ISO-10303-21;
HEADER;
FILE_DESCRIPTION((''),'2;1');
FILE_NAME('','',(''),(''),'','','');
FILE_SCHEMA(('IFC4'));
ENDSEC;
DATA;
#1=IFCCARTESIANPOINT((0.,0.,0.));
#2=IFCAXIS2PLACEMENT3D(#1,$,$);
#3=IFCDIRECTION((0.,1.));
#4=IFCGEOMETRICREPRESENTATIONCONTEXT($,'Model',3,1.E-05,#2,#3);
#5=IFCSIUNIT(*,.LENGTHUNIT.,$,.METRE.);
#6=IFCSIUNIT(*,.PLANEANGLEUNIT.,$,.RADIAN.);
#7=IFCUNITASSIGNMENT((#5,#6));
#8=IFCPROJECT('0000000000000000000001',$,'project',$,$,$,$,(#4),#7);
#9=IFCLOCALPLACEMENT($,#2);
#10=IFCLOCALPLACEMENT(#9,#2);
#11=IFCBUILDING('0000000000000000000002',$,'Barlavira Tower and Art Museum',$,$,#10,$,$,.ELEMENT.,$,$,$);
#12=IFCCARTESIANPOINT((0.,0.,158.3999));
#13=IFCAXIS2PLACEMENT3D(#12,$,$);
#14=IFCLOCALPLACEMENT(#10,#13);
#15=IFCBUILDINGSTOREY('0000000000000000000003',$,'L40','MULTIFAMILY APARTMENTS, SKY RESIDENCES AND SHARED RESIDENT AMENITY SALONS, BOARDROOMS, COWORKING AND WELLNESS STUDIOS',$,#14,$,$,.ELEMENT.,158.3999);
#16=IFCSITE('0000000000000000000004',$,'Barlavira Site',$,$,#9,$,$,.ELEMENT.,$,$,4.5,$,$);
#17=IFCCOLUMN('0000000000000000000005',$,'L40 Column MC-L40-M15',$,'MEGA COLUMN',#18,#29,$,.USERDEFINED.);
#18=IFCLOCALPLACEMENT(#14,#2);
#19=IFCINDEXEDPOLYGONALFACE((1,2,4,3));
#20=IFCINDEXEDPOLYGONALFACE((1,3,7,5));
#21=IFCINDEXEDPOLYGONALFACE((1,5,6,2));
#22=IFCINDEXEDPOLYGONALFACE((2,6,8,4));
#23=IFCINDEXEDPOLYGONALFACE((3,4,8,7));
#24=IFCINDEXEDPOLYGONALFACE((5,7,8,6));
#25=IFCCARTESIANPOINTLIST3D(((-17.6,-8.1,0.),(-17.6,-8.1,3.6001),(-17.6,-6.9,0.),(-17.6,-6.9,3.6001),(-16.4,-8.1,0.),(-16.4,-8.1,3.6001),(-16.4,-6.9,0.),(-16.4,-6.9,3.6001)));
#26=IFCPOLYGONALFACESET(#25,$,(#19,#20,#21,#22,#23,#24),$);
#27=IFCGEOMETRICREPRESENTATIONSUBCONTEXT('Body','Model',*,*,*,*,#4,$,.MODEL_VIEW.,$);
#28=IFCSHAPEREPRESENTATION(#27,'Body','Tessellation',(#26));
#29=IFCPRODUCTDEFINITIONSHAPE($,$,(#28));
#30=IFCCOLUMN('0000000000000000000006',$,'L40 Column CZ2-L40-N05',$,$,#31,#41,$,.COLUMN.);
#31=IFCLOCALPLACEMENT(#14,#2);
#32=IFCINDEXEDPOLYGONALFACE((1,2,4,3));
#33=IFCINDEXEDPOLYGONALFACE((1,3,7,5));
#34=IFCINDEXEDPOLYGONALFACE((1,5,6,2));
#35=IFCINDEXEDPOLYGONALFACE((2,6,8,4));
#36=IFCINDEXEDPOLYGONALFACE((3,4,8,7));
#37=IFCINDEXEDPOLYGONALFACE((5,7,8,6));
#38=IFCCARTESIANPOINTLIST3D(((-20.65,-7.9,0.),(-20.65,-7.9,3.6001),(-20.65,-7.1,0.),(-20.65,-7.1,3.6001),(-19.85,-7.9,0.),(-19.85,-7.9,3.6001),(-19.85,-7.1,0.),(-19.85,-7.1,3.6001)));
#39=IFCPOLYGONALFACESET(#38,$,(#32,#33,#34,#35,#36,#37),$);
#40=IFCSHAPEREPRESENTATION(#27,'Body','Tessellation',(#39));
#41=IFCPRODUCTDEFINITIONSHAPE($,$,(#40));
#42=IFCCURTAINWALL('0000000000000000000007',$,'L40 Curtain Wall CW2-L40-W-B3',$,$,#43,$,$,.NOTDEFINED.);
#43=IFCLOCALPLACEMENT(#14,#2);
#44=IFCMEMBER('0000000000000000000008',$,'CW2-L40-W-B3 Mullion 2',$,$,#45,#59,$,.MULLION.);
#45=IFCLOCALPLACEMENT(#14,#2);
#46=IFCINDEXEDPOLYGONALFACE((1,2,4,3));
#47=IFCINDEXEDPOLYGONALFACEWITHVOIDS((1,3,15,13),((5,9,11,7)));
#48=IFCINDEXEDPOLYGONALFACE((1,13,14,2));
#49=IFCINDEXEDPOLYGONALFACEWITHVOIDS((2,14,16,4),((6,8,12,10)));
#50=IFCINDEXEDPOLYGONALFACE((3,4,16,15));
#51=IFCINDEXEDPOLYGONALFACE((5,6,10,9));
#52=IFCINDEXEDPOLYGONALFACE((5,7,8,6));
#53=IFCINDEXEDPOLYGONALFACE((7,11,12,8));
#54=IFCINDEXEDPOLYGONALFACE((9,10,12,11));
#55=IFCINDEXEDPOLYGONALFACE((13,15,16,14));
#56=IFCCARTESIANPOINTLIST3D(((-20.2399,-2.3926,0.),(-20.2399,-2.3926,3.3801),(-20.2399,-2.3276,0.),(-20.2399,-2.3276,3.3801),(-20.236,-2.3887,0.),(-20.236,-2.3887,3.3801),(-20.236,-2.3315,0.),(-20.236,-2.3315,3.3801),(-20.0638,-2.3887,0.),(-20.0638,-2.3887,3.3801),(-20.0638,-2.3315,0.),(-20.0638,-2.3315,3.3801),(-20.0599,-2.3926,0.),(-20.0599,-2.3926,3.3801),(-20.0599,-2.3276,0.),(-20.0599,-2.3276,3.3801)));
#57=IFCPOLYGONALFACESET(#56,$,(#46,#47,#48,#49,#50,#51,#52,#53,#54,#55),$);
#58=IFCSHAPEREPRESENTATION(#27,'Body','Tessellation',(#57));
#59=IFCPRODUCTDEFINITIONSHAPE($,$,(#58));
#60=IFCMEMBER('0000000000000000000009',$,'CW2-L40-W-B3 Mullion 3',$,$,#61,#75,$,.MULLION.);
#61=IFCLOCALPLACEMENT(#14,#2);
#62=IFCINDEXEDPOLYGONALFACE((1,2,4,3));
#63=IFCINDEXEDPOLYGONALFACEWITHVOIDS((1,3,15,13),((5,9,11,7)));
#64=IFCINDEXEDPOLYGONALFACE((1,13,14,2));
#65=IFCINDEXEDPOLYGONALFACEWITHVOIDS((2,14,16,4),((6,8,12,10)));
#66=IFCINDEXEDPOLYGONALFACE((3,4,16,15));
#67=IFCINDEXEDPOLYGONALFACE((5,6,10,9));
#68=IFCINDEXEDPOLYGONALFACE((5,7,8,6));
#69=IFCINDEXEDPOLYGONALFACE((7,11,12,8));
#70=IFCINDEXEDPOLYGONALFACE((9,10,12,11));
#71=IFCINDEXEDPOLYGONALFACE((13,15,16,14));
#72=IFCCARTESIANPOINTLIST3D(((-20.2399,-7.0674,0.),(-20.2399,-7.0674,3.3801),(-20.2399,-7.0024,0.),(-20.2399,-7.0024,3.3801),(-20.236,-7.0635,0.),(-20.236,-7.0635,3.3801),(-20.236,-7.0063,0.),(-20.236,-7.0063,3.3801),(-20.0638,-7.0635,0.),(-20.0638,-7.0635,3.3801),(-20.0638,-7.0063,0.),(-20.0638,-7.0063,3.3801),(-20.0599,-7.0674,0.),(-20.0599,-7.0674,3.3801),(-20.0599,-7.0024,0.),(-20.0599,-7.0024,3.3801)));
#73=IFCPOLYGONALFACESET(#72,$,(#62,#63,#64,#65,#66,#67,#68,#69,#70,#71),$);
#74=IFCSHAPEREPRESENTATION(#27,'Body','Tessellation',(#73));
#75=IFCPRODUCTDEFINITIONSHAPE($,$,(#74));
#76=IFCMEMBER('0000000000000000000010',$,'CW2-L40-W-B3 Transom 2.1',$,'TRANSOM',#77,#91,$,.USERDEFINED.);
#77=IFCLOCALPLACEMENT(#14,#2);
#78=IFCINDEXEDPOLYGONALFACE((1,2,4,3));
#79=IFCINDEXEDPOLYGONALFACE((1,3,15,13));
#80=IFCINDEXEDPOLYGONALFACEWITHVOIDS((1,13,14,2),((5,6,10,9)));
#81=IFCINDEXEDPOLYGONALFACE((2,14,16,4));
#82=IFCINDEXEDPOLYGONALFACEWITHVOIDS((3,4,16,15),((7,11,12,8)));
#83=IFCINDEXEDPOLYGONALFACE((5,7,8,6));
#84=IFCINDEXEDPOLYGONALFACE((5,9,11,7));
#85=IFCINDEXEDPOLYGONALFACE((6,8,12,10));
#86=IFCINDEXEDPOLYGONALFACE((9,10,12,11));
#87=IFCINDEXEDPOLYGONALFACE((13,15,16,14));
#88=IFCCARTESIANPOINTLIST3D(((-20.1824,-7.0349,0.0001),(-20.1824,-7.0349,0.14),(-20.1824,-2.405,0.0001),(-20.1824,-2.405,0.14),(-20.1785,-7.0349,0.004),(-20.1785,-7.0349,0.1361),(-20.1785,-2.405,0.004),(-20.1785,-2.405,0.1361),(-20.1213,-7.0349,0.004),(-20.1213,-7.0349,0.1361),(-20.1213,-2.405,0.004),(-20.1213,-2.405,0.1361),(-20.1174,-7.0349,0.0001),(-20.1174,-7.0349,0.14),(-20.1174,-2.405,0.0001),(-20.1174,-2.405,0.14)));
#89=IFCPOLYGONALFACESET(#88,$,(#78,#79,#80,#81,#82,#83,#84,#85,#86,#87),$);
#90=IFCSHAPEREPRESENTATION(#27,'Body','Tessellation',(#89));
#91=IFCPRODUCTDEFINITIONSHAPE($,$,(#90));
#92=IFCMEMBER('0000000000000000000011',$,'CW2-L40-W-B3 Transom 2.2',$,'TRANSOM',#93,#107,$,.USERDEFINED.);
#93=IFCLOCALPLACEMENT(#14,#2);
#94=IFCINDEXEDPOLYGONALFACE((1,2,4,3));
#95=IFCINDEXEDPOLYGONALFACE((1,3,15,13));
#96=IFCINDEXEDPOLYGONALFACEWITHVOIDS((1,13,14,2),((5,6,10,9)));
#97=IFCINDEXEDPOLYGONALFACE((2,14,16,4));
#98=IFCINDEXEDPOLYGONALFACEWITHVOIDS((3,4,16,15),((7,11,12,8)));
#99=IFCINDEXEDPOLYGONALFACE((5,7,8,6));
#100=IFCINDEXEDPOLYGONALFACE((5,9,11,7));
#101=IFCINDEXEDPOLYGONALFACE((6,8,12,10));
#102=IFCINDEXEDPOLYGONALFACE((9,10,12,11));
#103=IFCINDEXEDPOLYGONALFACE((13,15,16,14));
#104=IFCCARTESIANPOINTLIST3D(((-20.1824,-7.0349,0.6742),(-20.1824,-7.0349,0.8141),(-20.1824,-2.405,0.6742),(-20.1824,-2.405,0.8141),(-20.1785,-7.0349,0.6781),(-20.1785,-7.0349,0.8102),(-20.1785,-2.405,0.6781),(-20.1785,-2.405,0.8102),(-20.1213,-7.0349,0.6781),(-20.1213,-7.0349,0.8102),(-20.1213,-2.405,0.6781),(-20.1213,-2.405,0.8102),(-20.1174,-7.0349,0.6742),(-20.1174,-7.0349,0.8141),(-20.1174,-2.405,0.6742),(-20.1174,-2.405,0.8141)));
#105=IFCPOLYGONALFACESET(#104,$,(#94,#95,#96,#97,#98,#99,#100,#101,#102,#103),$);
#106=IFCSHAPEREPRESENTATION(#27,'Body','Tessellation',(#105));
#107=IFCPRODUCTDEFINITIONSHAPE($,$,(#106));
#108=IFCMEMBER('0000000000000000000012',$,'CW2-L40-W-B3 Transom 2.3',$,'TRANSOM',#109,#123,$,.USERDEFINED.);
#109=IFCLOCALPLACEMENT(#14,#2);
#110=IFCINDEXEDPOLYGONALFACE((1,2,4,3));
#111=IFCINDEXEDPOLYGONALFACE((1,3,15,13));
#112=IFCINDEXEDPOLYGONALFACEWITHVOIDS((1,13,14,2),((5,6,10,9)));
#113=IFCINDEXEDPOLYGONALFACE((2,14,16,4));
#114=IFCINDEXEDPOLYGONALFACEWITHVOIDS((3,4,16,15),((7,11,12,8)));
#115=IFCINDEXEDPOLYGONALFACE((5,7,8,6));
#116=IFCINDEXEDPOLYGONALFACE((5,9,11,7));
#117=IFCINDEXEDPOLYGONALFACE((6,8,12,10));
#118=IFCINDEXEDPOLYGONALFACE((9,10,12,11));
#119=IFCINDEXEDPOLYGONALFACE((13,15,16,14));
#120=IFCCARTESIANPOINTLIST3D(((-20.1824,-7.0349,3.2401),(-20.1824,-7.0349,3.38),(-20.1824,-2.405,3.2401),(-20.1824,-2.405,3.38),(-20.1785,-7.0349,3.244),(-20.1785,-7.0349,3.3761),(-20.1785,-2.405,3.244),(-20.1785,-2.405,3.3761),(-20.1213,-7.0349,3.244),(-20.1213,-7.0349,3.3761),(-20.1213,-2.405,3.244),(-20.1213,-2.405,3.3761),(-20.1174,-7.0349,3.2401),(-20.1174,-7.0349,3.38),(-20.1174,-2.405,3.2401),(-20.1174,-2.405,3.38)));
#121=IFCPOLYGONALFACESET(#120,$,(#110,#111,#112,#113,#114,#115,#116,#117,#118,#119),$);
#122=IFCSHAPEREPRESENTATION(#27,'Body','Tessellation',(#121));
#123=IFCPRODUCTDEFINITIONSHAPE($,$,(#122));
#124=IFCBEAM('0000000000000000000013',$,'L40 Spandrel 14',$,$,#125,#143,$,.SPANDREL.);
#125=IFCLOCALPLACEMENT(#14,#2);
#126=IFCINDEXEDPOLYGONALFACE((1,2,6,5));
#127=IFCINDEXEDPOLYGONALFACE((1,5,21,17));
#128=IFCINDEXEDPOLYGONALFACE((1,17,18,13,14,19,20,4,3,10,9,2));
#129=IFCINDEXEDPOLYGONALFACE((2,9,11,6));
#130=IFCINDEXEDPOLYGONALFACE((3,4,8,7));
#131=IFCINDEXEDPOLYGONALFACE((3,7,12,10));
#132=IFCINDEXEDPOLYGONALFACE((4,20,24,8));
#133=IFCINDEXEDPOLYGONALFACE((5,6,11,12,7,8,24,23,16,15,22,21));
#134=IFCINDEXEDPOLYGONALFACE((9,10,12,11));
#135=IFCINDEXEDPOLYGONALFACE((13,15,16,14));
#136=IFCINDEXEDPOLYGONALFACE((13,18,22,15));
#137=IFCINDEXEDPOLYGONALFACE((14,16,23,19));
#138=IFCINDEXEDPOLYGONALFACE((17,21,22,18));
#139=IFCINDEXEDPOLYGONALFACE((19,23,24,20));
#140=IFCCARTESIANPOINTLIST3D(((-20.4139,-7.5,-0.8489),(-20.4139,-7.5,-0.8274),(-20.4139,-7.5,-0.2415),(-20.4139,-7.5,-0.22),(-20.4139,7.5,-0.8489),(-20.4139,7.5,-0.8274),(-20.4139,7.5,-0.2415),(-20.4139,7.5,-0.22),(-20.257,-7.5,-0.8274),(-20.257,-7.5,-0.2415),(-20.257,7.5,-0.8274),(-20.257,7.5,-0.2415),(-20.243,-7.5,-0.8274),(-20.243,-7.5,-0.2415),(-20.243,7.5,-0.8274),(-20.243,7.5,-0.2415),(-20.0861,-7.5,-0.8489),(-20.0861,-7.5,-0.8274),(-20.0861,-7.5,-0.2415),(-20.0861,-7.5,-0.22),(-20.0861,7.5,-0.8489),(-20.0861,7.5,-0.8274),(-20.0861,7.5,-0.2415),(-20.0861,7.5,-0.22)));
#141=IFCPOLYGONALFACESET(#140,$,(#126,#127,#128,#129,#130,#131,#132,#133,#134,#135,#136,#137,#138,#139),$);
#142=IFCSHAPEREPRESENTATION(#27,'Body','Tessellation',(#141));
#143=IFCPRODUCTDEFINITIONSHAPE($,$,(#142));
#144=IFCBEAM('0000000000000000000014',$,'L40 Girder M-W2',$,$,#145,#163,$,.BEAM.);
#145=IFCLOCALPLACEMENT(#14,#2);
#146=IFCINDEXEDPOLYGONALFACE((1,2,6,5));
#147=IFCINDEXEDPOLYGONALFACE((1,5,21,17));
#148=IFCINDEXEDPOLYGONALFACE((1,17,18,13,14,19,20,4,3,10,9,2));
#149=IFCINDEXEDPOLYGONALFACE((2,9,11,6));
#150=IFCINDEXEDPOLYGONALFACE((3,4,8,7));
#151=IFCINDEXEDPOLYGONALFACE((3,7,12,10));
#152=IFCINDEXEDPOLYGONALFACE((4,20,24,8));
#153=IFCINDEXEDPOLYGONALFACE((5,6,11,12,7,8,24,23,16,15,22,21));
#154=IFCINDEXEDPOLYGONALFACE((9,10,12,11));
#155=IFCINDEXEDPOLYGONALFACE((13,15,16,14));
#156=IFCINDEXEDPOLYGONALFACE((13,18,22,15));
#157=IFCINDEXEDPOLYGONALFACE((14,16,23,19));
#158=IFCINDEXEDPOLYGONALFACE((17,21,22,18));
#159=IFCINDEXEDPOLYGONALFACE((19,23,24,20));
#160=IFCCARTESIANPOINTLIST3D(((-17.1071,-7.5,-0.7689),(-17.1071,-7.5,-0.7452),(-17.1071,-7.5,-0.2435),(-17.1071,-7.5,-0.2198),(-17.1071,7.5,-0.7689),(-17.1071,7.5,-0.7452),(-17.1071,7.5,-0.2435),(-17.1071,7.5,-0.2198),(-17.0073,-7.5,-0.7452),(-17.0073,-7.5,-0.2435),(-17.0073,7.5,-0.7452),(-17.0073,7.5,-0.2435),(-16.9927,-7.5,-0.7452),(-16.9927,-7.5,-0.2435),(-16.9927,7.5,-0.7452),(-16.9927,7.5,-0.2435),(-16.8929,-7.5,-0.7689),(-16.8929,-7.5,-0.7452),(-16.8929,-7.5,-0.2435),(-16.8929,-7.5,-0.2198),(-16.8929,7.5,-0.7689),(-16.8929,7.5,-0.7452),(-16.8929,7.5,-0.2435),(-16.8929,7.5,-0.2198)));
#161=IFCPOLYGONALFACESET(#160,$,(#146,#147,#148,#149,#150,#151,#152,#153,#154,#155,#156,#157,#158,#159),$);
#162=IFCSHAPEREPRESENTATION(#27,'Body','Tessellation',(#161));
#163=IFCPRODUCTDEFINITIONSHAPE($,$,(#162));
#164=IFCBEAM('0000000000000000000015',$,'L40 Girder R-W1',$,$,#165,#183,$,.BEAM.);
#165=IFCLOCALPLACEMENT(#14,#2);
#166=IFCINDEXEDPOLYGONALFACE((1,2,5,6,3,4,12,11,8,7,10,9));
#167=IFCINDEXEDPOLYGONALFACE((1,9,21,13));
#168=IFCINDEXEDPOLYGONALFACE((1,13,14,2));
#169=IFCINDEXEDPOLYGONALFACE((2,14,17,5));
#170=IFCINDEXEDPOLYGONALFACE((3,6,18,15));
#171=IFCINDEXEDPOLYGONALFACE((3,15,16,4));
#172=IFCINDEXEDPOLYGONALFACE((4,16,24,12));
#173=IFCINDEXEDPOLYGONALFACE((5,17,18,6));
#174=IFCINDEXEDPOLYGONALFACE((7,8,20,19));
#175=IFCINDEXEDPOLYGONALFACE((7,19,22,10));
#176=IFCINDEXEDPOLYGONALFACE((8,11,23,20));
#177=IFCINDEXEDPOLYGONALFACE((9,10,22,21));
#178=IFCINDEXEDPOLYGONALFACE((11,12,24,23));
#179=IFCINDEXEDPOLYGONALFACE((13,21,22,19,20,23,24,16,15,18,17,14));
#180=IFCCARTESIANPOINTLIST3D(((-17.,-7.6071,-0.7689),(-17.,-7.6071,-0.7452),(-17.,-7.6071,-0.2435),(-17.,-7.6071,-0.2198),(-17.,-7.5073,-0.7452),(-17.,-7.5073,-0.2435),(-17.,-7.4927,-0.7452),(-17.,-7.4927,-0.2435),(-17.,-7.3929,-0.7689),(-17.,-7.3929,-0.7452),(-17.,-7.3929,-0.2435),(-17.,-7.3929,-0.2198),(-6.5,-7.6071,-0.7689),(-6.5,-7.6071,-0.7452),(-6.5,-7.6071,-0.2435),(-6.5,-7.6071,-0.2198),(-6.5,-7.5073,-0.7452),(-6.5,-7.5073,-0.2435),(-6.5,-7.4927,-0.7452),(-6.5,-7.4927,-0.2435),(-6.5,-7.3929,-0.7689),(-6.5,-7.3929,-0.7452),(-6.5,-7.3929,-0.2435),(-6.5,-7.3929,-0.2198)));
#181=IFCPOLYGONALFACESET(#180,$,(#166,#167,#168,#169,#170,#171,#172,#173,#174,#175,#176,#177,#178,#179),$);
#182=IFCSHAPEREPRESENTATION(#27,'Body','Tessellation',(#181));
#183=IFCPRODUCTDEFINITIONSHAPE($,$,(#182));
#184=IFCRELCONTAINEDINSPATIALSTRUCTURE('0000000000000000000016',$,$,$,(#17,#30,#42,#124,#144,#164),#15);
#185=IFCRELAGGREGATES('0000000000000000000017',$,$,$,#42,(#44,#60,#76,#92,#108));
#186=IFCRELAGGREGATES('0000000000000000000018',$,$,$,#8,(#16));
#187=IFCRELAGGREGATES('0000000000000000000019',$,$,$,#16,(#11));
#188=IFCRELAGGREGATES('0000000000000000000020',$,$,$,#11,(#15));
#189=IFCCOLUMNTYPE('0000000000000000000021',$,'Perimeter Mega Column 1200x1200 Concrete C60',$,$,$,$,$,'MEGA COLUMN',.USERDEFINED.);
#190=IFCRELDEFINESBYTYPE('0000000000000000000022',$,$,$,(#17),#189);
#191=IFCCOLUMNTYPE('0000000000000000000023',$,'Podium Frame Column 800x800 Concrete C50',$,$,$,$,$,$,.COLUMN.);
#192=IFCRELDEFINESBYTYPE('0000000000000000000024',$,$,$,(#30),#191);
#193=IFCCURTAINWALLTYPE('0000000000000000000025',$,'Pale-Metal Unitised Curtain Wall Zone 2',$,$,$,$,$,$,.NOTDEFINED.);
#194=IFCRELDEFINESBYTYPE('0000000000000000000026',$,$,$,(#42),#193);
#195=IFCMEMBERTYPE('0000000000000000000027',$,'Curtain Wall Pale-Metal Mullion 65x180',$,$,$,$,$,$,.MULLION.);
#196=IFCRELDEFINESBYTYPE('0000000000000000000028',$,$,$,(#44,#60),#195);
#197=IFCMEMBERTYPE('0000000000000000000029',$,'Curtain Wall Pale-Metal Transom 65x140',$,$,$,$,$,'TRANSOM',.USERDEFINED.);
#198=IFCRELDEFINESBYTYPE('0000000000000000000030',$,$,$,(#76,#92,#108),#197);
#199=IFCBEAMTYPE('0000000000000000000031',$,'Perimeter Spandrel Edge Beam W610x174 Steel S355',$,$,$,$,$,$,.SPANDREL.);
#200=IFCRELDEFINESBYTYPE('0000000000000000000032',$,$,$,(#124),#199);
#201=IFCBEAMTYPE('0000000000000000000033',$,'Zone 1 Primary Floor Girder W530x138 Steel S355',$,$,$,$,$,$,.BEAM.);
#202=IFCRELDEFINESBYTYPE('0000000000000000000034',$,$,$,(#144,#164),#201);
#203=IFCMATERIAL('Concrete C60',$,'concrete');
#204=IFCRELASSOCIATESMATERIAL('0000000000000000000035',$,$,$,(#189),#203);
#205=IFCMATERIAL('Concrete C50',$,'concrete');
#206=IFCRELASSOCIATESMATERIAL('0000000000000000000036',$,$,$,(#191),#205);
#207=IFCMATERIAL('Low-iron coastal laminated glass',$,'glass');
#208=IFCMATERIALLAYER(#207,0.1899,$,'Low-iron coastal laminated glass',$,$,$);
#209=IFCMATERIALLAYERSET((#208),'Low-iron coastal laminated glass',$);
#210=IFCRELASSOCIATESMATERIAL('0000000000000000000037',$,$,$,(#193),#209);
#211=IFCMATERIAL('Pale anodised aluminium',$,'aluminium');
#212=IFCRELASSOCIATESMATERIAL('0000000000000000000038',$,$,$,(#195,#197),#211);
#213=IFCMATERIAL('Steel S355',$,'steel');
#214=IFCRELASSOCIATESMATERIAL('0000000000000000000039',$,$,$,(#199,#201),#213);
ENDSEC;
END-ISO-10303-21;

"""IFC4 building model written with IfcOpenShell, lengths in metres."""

from ifc_helpers import new_model, si_unit, direction, frame, origin, origin_2d, place, context, subcontext, project, spatial, rectangle, hollow_rectangle, i_section, extrude, material, layer, layer_set, material_profile, profile_set, type_object, element, aggregate, save


model = new_model("IFC4")

# Units and contexts
model_context = context("Model", 3, precision=1e-05, world=origin(), true_north=direction((0.0, 1.0)))
body_context = subcontext(model_context, "Body", "Model", "MODEL_VIEW")
ifc_project = project(units=[si_unit("LENGTHUNIT", "METRE"), si_unit("PLANEANGLEUNIT", "RADIAN")], contexts=[model_context])

# Site, building, storey
site_placement = place(None, origin())
site = spatial("IfcSite", under=ifc_project, at=site_placement, Name="Barlavira Site", CompositionType="ELEMENT", RefElevation=4.5)
building_placement = place(site_placement, origin())
building = spatial("IfcBuilding", under=site, at=building_placement, Name="Barlavira Tower and Art Museum", CompositionType="ELEMENT")
storey_placement = place(building_placement, frame((0.0, 0.0, 158.3999)))
storey = spatial("IfcBuildingStorey", under=building, at=storey_placement, Name="L40", Description="MULTIFAMILY APARTMENTS, SKY RESIDENCES AND SHARED RESIDENT AMENITY SALONS, BOARDROOMS, COWORKING AND WELLNESS STUDIOS", CompositionType="ELEMENT", Elevation=158.3999)

# Columns
ifc_material_1 = material(Name="Concrete C60", Category="concrete")
ifc_material_profile_1 = material_profile(ifc_material_1, rectangle(XDim=1.2, YDim=1.2, at=origin_2d()), Name="RC-COL 1200x1200")
ifc_profile_set_1 = profile_set([ifc_material_profile_1], Name="Concrete C60")
column_type_1 = type_object("IfcColumnType", Name="Perimeter Mega Column 1200x1200 Concrete C60", ElementType="MEGA COLUMN", PredefinedType="USERDEFINED", material=ifc_profile_set_1)
column_1_placement = place(storey_placement, frame((-17.0, -7.5, 0.0), z_axis=(0.0, 0.0, 1.0), x_axis=(1.0, 0.0, 0.0)))
element("IfcColumn", 1, at=column_1_placement, inside=storey, type_object=column_type_1, Name="L40 Column MC-L40-M15", ObjectType="MEGA COLUMN", PredefinedType="USERDEFINED", context=body_context, shape_type="SweptSolid", body=[
    extrude(rectangle(XDim=1.2, YDim=1.2, at=origin_2d()), origin(), (0.0, 0.0, 1.0), 3.6001),
])
ifc_material_2 = material(Name="Concrete C50", Category="concrete")
ifc_material_profile_2 = material_profile(ifc_material_2, rectangle(XDim=0.8, YDim=0.8, at=origin_2d()), Name="RC-COL 800x800")
ifc_profile_set_2 = profile_set([ifc_material_profile_2], Name="Concrete C50")
column_type_2 = type_object("IfcColumnType", Name="Podium Frame Column 800x800 Concrete C50", PredefinedType="COLUMN", material=ifc_profile_set_2)
column_2_placement = place(storey_placement, frame((-20.25, -7.5, 0.0), z_axis=(0.0, 0.0, 1.0), x_axis=(1.0, 0.0, 0.0)))
element("IfcColumn", 2, at=column_2_placement, inside=storey, type_object=column_type_2, Name="L40 Column CZ2-L40-N05", PredefinedType="COLUMN", context=body_context, shape_type="SweptSolid", body=[
    extrude(rectangle(XDim=0.8, YDim=0.8, at=origin_2d()), origin(), (0.0, 0.0, 1.0), 3.6001),
])

# Curtain wall, members
ifc_material_3 = material(Name="Low-iron coastal laminated glass", Category="glass")
ifc_layer_1 = layer(ifc_material_3, 0.1899, Name="Low-iron coastal laminated glass")
ifc_layer_set_1 = layer_set([ifc_layer_1], Name="Low-iron coastal laminated glass")
curtain_wall_type = type_object("IfcCurtainWallType", Name="Pale-Metal Unitised Curtain Wall Zone 2", PredefinedType="NOTDEFINED", material=ifc_layer_set_1)
curtain_wall_placement = place(storey_placement, origin())
curtain_wall = element("IfcCurtainWall", 3, at=curtain_wall_placement, inside=storey, type_object=curtain_wall_type, Name="L40 Curtain Wall CW2-L40-W-B3", PredefinedType="NOTDEFINED")
ifc_material_4 = material(Name="Pale anodised aluminium", Category="aluminium")
ifc_material_profile_3 = material_profile(ifc_material_4, hollow_rectangle(XDim=0.0649, YDim=0.1799, WallThickness=0.0039, at=origin_2d()), Name="ALU-MULL 65x180x4")
ifc_profile_set_3 = profile_set([ifc_material_profile_3], Name="Pale anodised aluminium")
member_type_1 = type_object("IfcMemberType", Name="Curtain Wall Pale-Metal Mullion 65x180", PredefinedType="MULLION", material=ifc_profile_set_3)
member_1_placement = place(storey_placement, frame((-20.1499, -2.3601, 0.0), z_axis=(0.0, 0.0, 1.0), x_axis=(0.0, -1.0, 0.0)))
member_1 = element("IfcMember", 4, at=member_1_placement, type_object=member_type_1, Name="CW2-L40-W-B3 Mullion 2", PredefinedType="MULLION", context=body_context, shape_type="SweptSolid", body=[
    extrude(hollow_rectangle(XDim=0.0649, YDim=0.1799, WallThickness=0.0039, at=origin_2d()), origin(), (0.0, 0.0, 1.0), 3.3801),
])
member_2_placement = place(storey_placement, frame((-20.1499, -7.0349, 0.0), z_axis=(0.0, 0.0, 1.0), x_axis=(0.0, -1.0, 0.0)))
member_2 = element("IfcMember", 5, at=member_2_placement, type_object=member_type_1, Name="CW2-L40-W-B3 Mullion 3", PredefinedType="MULLION", context=body_context, shape_type="SweptSolid", body=[
    extrude(hollow_rectangle(XDim=0.0649, YDim=0.1799, WallThickness=0.0039, at=origin_2d()), origin(), (0.0, 0.0, 1.0), 3.3801),
])
ifc_material_profile_4 = material_profile(ifc_material_4, hollow_rectangle(XDim=0.0649, YDim=0.1399, WallThickness=0.0039, at=origin_2d()), Name="ALU-TRAN 65x140x4")
ifc_profile_set_4 = profile_set([ifc_material_profile_4], Name="Pale anodised aluminium")
member_type_2 = type_object("IfcMemberType", Name="Curtain Wall Pale-Metal Transom 65x140", ElementType="TRANSOM", PredefinedType="USERDEFINED", material=ifc_profile_set_4)
member_3_placement = place(storey_placement, frame((-20.1499, -2.405, 0.0701), z_axis=(0.0, -1.0, 0.0), x_axis=(1.0, 0.0, 0.0)))
member_3 = element("IfcMember", 6, at=member_3_placement, type_object=member_type_2, Name="CW2-L40-W-B3 Transom 2.1", ObjectType="TRANSOM", PredefinedType="USERDEFINED", context=body_context, shape_type="SweptSolid", body=[
    extrude(hollow_rectangle(XDim=0.0649, YDim=0.1399, WallThickness=0.0039, at=origin_2d()), origin(), (0.0, 0.0, 1.0), 4.6299),
])
member_4_placement = place(storey_placement, frame((-20.1499, -2.405, 0.7441), z_axis=(0.0, -1.0, 0.0), x_axis=(1.0, 0.0, 0.0)))
member_4 = element("IfcMember", 7, at=member_4_placement, type_object=member_type_2, Name="CW2-L40-W-B3 Transom 2.2", ObjectType="TRANSOM", PredefinedType="USERDEFINED", context=body_context, shape_type="SweptSolid", body=[
    extrude(hollow_rectangle(XDim=0.0649, YDim=0.1399, WallThickness=0.0039, at=origin_2d()), origin(), (0.0, 0.0, 1.0), 4.6299),
])
member_5_placement = place(storey_placement, frame((-20.1499, -2.405, 3.3101), z_axis=(0.0, -1.0, 0.0), x_axis=(1.0, 0.0, 0.0)))
member_5 = element("IfcMember", 8, at=member_5_placement, type_object=member_type_2, Name="CW2-L40-W-B3 Transom 2.3", ObjectType="TRANSOM", PredefinedType="USERDEFINED", context=body_context, shape_type="SweptSolid", body=[
    extrude(hollow_rectangle(XDim=0.0649, YDim=0.1399, WallThickness=0.0039, at=origin_2d()), origin(), (0.0, 0.0, 1.0), 4.6299),
])

# Beams
ifc_material_5 = material(Name="Steel S355", Category="steel")
ifc_material_profile_5 = material_profile(ifc_material_5, i_section(OverallWidth=0.3279, OverallDepth=0.6289, WebThickness=0.0139, FlangeThickness=0.0215, at=origin_2d()), Name="W610x174.0")
ifc_profile_set_5 = profile_set([ifc_material_profile_5], Name="Steel S355")
beam_type_1 = type_object("IfcBeamType", Name="Perimeter Spandrel Edge Beam W610x174 Steel S355", PredefinedType="SPANDREL", material=ifc_profile_set_5)
beam_1_placement = place(storey_placement, frame((-20.25, -7.5, -0.5344), z_axis=(0.0, 1.0, 0.0), x_axis=(-1.0, 0.0, 0.0)))
element("IfcBeam", 9, at=beam_1_placement, inside=storey, type_object=beam_type_1, Name="L40 Spandrel 14", PredefinedType="SPANDREL", context=body_context, shape_type="SweptSolid", body=[
    extrude(i_section(OverallWidth=0.3279, OverallDepth=0.6289, WebThickness=0.0139, FlangeThickness=0.0215, at=origin_2d()), origin(), (0.0, 0.0, 1.0), 15.0),
])
ifc_material_profile_6 = material_profile(ifc_material_5, i_section(OverallWidth=0.2141, OverallDepth=0.5491, WebThickness=0.0146, FlangeThickness=0.0237, at=origin_2d()), Name="W530x138.0")
ifc_profile_set_6 = profile_set([ifc_material_profile_6], Name="Steel S355")
beam_type_2 = type_object("IfcBeamType", Name="Zone 1 Primary Floor Girder W530x138 Steel S355", PredefinedType="BEAM", material=ifc_profile_set_6)
beam_2_placement = place(storey_placement, frame((-17.0, -7.5, -0.4944), z_axis=(0.0, 1.0, 0.0), x_axis=(-1.0, 0.0, 0.0)))
element("IfcBeam", 10, at=beam_2_placement, inside=storey, type_object=beam_type_2, Name="L40 Girder M-W2", PredefinedType="BEAM", context=body_context, shape_type="SweptSolid", body=[
    extrude(i_section(OverallWidth=0.2141, OverallDepth=0.5491, WebThickness=0.0146, FlangeThickness=0.0237, at=origin_2d()), origin(), (0.0, 0.0, 1.0), 15.0),
])
beam_3_placement = place(storey_placement, frame((-17.0, -7.5, -0.4944), z_axis=(1.0, 0.0, 0.0), x_axis=(0.0, 1.0, 0.0)))
element("IfcBeam", 11, at=beam_3_placement, inside=storey, type_object=beam_type_2, Name="L40 Girder R-W1", PredefinedType="BEAM", context=body_context, shape_type="SweptSolid", body=[
    extrude(i_section(OverallWidth=0.2141, OverallDepth=0.5491, WebThickness=0.0146, FlangeThickness=0.0237, at=origin_2d()), origin(), (0.0, 0.0, 1.0), 10.5),
])

aggregate(curtain_wall, [member_1, member_2, member_3, member_4, member_5])

save(model, "model.ifc")
